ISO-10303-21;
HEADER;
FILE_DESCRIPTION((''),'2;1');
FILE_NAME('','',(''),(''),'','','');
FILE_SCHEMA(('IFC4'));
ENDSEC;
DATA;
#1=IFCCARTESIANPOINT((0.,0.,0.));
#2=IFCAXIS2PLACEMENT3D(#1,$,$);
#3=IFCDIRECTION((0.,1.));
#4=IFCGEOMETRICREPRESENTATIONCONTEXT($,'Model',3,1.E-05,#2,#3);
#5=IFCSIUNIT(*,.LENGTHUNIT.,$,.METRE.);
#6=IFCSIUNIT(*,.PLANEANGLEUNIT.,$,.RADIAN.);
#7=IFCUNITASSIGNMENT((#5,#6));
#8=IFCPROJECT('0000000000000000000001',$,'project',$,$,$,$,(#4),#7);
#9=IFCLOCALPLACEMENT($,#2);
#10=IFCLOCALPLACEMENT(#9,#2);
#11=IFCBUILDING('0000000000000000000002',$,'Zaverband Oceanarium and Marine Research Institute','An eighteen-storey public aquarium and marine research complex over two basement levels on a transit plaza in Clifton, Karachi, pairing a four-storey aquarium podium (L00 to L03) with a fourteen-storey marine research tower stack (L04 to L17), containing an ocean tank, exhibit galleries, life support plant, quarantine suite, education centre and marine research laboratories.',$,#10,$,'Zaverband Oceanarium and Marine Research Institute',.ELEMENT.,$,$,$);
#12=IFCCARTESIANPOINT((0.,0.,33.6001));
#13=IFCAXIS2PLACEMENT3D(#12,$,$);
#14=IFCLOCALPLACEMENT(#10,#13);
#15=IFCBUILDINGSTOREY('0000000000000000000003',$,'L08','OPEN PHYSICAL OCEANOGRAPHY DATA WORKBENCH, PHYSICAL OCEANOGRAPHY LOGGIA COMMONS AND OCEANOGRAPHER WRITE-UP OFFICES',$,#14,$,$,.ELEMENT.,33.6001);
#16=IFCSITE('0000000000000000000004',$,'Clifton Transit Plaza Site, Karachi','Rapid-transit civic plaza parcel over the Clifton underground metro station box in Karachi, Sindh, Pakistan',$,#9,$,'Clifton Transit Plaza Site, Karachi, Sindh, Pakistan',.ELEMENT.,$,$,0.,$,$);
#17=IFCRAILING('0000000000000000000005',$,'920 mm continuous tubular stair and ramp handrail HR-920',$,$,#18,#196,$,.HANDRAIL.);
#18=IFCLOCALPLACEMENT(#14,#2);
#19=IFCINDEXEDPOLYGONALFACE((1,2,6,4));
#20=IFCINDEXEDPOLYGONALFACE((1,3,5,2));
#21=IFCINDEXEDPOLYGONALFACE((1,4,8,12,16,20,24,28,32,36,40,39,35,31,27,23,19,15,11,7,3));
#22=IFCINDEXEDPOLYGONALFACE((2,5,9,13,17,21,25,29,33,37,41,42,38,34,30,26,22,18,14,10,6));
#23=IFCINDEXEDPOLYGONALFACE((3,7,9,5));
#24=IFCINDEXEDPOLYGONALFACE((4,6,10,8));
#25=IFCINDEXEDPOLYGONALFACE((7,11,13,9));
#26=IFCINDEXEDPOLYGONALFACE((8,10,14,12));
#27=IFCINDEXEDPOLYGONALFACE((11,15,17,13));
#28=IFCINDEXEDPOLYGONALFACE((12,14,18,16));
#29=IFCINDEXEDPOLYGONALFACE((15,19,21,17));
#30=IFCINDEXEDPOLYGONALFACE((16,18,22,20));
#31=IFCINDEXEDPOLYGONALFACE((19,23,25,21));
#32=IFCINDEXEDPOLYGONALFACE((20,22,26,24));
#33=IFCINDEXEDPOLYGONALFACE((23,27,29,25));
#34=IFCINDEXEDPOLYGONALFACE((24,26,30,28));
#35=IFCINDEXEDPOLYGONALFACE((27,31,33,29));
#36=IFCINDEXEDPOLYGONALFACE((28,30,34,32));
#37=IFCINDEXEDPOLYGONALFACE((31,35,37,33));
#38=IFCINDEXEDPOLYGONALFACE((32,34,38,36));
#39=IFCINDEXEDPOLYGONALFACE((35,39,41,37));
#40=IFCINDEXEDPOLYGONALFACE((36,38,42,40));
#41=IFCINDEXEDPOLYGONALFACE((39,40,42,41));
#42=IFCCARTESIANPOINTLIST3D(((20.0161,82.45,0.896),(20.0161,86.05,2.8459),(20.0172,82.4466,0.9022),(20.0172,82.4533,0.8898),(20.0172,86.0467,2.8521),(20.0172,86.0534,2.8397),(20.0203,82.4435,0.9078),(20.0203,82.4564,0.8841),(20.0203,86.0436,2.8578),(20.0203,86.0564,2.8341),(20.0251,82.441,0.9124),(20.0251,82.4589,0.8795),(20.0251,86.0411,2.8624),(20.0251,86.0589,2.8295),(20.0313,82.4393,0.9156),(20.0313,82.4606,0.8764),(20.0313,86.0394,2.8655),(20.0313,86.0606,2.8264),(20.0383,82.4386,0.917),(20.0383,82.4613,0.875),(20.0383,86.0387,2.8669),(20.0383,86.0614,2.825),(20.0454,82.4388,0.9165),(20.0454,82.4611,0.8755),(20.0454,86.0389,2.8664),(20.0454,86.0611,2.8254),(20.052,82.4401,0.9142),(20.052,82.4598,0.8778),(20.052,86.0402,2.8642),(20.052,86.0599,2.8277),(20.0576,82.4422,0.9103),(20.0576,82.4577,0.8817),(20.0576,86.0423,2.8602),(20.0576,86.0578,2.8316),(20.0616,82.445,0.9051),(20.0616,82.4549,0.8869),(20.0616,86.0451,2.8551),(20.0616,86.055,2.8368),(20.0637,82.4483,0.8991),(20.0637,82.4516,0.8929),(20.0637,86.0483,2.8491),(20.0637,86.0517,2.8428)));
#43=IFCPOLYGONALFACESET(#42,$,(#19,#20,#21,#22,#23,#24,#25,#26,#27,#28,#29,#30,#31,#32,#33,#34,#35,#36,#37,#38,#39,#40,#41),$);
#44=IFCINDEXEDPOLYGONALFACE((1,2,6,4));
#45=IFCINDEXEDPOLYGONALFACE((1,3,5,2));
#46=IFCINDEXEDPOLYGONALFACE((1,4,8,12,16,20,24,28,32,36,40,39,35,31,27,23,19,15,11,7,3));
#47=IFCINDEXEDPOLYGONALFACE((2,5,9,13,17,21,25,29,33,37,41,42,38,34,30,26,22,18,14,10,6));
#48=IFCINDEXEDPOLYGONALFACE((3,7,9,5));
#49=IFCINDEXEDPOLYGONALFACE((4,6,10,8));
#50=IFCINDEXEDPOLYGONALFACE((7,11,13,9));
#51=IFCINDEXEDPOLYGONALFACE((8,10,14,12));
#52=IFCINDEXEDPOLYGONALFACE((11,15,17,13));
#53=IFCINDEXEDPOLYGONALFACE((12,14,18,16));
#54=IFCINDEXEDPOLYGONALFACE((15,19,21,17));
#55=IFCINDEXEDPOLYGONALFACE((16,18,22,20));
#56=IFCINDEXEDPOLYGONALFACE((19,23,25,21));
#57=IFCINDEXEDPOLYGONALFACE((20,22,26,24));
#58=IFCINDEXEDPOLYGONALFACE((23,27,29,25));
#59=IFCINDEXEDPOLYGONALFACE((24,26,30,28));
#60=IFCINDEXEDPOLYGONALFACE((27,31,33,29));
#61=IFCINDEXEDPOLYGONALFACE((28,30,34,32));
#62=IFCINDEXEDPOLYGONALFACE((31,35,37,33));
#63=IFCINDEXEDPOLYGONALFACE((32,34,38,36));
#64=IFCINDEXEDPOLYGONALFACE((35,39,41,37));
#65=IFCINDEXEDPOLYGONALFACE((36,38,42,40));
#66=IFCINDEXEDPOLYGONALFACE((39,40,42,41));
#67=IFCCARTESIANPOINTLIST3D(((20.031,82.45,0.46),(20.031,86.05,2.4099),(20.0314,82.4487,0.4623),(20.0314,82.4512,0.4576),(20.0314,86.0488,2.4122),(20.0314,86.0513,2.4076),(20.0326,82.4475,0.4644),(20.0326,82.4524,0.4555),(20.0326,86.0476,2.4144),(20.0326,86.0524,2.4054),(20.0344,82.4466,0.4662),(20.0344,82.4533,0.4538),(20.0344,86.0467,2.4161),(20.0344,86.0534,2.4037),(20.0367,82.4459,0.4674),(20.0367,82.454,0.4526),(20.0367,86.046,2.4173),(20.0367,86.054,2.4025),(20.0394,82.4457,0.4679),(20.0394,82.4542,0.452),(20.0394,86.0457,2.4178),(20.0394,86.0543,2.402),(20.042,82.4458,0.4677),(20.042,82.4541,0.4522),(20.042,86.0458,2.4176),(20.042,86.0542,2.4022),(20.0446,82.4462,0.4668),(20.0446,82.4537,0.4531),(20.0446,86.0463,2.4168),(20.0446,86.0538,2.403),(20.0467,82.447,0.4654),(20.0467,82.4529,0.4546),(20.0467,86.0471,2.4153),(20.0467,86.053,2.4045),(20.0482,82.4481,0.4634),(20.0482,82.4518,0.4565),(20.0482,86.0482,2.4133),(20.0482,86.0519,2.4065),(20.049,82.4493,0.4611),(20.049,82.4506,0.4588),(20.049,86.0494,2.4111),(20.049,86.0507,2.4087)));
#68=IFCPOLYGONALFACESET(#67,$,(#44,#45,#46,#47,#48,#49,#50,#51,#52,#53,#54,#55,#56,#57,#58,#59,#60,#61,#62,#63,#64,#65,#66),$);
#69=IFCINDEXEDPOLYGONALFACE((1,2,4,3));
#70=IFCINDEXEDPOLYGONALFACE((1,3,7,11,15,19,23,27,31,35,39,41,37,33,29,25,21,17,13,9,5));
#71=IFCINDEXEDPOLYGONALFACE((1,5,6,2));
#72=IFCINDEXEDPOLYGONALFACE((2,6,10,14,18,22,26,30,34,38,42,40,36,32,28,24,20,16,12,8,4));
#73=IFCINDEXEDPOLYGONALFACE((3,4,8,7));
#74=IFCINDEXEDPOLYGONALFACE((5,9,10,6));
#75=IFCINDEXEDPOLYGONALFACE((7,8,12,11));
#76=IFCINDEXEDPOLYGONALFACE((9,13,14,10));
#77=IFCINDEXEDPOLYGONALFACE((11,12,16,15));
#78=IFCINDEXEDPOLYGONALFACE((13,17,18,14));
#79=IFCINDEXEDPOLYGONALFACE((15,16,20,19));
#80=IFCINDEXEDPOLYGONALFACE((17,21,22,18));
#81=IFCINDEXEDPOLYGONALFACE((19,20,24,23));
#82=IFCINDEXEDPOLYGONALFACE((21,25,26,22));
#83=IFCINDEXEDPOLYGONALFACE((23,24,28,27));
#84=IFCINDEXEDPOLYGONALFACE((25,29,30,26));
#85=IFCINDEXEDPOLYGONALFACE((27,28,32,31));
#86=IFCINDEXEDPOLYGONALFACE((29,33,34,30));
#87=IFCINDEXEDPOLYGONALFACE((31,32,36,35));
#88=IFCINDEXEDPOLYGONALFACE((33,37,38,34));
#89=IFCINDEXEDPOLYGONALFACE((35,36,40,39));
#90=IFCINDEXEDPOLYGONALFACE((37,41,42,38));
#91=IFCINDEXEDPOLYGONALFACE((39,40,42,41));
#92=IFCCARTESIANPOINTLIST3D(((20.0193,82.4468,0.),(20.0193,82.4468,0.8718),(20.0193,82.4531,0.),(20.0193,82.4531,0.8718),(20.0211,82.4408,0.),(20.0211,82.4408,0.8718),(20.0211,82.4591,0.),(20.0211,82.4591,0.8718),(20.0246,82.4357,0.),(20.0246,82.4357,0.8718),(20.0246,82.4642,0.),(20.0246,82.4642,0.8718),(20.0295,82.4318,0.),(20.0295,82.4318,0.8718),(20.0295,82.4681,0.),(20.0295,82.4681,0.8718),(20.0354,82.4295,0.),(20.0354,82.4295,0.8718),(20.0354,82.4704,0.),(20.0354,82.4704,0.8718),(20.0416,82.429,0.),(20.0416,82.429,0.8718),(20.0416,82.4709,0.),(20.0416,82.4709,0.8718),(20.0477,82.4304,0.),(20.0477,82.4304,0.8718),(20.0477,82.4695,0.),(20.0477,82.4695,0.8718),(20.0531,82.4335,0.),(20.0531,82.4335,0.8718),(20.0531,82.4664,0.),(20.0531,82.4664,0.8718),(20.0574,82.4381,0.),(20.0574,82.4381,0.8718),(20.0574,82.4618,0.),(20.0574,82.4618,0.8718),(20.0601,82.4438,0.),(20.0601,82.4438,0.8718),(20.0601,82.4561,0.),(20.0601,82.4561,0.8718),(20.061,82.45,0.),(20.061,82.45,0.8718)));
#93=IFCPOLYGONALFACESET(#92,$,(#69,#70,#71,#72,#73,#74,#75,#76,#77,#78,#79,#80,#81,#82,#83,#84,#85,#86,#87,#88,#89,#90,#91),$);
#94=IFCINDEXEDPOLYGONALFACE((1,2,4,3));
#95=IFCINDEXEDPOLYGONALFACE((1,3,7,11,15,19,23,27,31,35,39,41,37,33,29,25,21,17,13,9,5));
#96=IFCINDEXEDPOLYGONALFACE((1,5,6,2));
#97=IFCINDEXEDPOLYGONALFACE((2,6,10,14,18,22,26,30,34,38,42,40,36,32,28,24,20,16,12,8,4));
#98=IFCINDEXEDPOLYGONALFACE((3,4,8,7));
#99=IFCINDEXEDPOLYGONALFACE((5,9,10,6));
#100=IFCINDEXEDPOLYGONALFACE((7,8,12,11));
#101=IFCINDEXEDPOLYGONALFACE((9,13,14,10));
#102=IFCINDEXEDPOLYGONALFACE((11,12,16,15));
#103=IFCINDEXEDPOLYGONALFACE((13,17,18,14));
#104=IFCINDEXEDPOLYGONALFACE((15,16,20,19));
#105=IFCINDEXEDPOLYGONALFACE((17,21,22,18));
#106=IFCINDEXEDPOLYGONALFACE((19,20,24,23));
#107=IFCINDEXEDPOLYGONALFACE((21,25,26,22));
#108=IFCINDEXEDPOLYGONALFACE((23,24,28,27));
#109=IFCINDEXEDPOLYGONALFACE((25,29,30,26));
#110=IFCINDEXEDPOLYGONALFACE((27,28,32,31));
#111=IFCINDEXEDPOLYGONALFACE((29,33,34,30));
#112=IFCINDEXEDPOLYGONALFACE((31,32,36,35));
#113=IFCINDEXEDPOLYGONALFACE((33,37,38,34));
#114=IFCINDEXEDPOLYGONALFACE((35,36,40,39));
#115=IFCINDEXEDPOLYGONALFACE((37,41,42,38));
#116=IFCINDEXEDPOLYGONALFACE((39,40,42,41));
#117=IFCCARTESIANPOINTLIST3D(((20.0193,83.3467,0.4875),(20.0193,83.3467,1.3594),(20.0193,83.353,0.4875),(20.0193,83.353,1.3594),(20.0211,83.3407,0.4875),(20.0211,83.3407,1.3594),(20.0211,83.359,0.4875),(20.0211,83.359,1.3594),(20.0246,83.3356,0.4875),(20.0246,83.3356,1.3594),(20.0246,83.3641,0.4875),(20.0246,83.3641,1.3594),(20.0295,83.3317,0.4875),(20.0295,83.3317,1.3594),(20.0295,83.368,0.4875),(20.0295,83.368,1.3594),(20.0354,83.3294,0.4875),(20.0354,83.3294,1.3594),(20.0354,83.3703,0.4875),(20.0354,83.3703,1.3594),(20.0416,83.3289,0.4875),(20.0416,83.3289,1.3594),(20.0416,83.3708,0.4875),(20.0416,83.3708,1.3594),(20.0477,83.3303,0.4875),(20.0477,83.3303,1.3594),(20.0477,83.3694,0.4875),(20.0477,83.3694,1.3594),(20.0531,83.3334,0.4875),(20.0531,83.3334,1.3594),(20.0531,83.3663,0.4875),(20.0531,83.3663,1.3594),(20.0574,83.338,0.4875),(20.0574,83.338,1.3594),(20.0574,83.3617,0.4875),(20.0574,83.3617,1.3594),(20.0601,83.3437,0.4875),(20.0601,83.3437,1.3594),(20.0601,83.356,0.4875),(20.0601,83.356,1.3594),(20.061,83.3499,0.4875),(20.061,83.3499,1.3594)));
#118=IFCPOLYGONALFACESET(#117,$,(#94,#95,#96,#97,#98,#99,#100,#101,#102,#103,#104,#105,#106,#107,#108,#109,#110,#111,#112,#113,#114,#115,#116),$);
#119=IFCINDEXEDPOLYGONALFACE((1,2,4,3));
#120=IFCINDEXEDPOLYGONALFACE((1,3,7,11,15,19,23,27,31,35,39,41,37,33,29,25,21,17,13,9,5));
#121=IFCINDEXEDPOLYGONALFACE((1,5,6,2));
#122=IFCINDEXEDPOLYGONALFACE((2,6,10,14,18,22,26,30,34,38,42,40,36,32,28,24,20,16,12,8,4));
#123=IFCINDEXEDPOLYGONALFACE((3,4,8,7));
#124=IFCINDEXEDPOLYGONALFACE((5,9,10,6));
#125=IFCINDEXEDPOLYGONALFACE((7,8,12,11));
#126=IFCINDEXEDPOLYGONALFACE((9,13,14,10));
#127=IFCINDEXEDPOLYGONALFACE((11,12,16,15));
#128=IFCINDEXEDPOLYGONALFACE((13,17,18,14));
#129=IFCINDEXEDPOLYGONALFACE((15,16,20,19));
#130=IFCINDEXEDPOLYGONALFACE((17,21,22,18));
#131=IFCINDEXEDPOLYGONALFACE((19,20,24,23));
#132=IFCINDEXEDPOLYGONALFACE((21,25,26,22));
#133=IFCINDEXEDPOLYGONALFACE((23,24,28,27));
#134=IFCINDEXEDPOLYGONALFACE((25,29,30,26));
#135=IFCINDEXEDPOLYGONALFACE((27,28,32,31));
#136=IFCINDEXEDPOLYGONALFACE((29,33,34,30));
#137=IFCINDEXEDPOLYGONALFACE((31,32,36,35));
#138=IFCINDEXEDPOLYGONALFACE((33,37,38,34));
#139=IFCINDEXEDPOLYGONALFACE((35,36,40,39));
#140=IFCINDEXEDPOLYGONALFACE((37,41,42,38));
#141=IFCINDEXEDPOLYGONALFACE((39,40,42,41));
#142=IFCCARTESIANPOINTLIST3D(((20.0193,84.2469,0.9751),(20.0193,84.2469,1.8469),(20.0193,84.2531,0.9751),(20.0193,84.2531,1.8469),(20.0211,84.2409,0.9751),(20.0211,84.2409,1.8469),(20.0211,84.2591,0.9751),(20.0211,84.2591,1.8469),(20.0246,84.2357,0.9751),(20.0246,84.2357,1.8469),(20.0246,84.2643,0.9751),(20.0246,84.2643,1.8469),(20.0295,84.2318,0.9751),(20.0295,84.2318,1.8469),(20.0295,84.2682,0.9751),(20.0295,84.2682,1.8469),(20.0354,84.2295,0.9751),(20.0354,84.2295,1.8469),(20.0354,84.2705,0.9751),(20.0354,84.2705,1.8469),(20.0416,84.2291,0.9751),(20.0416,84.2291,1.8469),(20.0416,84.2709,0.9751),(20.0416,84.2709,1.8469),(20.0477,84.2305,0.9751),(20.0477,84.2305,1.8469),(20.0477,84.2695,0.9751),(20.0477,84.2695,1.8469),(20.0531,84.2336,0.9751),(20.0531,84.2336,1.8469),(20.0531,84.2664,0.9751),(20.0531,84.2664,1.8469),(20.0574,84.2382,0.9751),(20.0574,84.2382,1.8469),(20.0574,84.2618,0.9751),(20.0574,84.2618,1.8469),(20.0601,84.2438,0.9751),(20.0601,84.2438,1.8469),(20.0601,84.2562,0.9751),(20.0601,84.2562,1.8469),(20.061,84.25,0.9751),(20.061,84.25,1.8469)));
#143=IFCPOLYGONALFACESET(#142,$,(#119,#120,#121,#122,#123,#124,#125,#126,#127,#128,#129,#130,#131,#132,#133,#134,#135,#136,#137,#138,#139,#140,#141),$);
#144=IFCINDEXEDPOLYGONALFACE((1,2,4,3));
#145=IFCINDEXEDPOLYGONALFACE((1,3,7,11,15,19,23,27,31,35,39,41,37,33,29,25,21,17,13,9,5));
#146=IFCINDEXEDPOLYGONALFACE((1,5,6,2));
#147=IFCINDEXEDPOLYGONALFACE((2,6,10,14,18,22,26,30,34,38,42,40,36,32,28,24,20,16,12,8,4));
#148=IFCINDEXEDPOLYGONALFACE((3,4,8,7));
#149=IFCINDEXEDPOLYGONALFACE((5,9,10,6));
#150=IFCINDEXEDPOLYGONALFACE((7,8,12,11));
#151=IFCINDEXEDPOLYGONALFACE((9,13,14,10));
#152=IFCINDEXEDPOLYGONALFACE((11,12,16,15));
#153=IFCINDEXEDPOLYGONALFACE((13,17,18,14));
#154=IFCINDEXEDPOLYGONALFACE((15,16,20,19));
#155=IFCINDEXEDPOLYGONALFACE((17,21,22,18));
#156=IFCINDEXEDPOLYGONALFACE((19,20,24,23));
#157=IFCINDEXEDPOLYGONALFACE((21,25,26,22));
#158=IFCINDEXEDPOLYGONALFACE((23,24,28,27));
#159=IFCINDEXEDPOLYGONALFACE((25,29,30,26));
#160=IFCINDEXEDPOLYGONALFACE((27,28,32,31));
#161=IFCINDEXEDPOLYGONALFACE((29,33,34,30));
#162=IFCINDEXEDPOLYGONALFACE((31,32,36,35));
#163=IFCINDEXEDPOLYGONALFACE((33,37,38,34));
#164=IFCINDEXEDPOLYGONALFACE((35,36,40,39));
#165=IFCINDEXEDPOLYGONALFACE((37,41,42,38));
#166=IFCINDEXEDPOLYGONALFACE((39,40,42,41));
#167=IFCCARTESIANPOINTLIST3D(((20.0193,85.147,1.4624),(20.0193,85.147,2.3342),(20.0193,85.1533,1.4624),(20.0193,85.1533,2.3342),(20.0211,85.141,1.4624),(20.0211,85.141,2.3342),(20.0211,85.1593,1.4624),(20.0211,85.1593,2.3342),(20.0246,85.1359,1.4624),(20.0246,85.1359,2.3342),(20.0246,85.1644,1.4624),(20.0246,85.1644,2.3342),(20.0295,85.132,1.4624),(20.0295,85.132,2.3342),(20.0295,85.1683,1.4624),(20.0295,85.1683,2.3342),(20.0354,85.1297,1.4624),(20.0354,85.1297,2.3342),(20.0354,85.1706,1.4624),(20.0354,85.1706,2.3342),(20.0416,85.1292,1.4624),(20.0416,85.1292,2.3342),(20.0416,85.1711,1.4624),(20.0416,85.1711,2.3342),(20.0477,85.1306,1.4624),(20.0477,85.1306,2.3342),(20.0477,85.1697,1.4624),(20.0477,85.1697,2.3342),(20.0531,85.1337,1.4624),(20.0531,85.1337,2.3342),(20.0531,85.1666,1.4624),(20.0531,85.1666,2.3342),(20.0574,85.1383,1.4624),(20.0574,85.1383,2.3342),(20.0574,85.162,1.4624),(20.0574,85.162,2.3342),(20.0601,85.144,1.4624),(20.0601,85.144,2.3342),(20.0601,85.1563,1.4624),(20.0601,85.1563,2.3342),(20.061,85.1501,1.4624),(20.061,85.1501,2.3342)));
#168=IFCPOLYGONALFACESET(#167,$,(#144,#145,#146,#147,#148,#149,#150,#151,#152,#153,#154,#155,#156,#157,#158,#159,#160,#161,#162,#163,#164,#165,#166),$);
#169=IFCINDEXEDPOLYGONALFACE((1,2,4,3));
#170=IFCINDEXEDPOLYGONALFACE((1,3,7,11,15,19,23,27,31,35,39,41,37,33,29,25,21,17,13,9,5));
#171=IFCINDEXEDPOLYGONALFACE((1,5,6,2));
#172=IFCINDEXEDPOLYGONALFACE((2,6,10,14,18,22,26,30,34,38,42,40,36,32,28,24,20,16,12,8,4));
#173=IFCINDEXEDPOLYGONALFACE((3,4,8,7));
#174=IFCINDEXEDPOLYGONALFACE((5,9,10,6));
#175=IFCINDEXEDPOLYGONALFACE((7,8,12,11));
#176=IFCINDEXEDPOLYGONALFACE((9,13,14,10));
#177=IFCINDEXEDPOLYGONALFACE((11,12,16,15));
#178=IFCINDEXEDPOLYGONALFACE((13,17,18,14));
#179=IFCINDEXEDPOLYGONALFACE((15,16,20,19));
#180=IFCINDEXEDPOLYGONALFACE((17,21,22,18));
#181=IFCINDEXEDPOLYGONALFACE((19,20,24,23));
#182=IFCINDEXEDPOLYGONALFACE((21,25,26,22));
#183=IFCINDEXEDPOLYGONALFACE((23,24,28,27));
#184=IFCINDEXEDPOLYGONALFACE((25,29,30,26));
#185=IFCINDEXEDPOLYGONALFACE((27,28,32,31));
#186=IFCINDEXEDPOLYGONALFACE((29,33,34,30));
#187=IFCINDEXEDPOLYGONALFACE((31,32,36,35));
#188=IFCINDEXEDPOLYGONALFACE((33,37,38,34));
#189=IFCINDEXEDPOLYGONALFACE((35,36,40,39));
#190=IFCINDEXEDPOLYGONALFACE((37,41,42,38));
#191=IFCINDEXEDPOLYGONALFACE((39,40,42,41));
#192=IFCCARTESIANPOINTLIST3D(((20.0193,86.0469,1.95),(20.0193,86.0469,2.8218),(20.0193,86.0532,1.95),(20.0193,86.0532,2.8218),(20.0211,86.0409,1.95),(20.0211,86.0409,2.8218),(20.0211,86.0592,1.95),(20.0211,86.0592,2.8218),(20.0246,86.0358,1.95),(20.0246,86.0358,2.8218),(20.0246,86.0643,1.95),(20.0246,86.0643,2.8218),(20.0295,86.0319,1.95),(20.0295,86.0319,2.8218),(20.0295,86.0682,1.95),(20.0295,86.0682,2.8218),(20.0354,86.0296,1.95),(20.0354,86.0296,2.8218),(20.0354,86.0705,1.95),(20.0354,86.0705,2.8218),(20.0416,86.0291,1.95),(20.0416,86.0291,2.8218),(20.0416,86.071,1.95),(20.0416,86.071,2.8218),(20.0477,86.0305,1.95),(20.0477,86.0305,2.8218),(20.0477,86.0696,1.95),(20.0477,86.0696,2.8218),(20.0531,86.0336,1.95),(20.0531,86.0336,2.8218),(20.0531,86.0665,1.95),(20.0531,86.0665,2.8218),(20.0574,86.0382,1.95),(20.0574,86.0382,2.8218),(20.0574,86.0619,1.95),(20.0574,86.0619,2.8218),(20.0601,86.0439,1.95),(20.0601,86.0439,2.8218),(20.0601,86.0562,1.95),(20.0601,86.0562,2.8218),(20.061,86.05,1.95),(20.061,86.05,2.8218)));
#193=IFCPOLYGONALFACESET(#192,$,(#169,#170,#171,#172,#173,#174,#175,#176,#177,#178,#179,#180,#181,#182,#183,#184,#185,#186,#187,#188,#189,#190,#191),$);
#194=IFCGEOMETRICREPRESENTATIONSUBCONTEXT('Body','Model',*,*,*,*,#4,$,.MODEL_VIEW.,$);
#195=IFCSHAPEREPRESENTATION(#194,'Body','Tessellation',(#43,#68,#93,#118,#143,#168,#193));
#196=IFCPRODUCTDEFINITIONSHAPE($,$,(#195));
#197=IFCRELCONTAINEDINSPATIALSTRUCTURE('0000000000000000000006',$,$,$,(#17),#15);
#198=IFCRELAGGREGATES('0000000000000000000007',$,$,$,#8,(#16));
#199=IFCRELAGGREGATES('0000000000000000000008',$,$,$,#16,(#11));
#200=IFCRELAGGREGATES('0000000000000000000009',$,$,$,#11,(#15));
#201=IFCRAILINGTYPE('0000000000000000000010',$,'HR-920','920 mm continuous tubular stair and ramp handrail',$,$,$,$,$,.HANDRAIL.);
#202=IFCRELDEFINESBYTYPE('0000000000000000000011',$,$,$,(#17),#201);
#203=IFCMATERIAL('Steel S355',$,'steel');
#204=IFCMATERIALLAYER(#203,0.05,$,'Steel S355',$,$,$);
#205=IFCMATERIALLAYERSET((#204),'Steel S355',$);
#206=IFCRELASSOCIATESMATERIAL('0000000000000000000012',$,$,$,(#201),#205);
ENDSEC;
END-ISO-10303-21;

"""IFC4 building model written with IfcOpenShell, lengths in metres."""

from ifc_helpers import new_model, si_unit, direction, frame, origin, origin_2d, place, context, subcontext, project, spatial, circle, extrude, material, layer, layer_set, type_object, element, save


model = new_model("IFC4")

# Units and contexts
model_context = context("Model", 3, precision=1e-05, world=origin(), true_north=direction((0.0, 1.0)))
body_context = subcontext(model_context, "Body", "Model", "MODEL_VIEW")
ifc_project = project(units=[si_unit("LENGTHUNIT", "METRE"), si_unit("PLANEANGLEUNIT", "RADIAN")], contexts=[model_context])

# Site, building, storey
site_placement = place(None, origin())
site = spatial("IfcSite", under=ifc_project, at=site_placement, Name="Clifton Transit Plaza Site, Karachi", Description="Rapid-transit civic plaza parcel over the Clifton underground metro station box in Karachi, Sindh, Pakistan", LongName="Clifton Transit Plaza Site, Karachi, Sindh, Pakistan", CompositionType="ELEMENT", RefElevation=0.0)
building_placement = place(site_placement, origin())
building = spatial("IfcBuilding", under=site, at=building_placement, Name="Zaverband Oceanarium and Marine Research Institute", Description="An eighteen-storey public aquarium and marine research complex over two basement levels on a transit plaza in Clifton, Karachi, pairing a four-storey aquarium podium (L00 to L03) with a fourteen-storey marine research tower stack (L04 to L17), containing an ocean tank, exhibit galleries, life support plant, quarantine suite, education centre and marine research laboratories.", LongName="Zaverband Oceanarium and Marine Research Institute", CompositionType="ELEMENT")
storey_placement = place(building_placement, frame((0.0, 0.0, 33.6001)))
storey = spatial("IfcBuildingStorey", under=building, at=storey_placement, Name="L08", Description="OPEN PHYSICAL OCEANOGRAPHY DATA WORKBENCH, PHYSICAL OCEANOGRAPHY LOGGIA COMMONS AND OCEANOGRAPHER WRITE-UP OFFICES", CompositionType="ELEMENT", Elevation=33.6001)

# Shared definitions
ifc_material_1 = material(Name="Steel S355", Category="steel")

# Railing
ifc_layer_1 = layer(ifc_material_1, 0.05, Name="Steel S355")
ifc_layer_set_1 = layer_set([ifc_layer_1], Name="Steel S355")
railing_type_1 = type_object("IfcRailingType", Name="HR-920", Description="920 mm continuous tubular stair and ramp handrail", PredefinedType="HANDRAIL", material=ifc_layer_set_1)
railing_1_placement = place(storey_placement, frame((20.04, 82.45, 0.0)))
element("IfcRailing", 1, at=railing_1_placement, inside=storey, type_object=railing_type_1, Name="920 mm continuous tubular stair and ramp handrail HR-920", PredefinedType="HANDRAIL", context=body_context, shape_type="SweptSolid", body=[
    extrude(circle(Radius=0.0239, at=origin_2d()), frame((0.0, 0.0, 0.896), z_axis=(0.0, 0.879302, 0.476264), x_axis=(-1.0, 0.0, 0.0)), (0.0, 0.0, 1.0), 4.0942),
    extrude(circle(Radius=0.009, at=origin_2d()), frame((0.0, 0.0, 0.46), z_axis=(0.0, 0.879302, 0.476264), x_axis=(-1.0, 0.0, 0.0)), (0.0, 0.0, 1.0), 4.0942),
    extrude(circle(Radius=0.021, at=origin_2d()), origin(), (0.0, 0.0, 1.0), 0.8718),
    extrude(circle(Radius=0.021, at=origin_2d()), frame((0.0, 0.8999, 0.4875)), (0.0, 0.0, 1.0), 0.8718),
    extrude(circle(Radius=0.021, at=origin_2d()), frame((0.0, 1.8, 0.9751)), (0.0, 0.0, 1.0), 0.8718),
    extrude(circle(Radius=0.021, at=origin_2d()), frame((0.0, 2.7002, 1.4624)), (0.0, 0.0, 1.0), 0.8718),
    extrude(circle(Radius=0.021, at=origin_2d()), frame((0.0, 3.6001, 1.95)), (0.0, 0.0, 1.0), 0.8718),
])

save(model, "model.ifc")
